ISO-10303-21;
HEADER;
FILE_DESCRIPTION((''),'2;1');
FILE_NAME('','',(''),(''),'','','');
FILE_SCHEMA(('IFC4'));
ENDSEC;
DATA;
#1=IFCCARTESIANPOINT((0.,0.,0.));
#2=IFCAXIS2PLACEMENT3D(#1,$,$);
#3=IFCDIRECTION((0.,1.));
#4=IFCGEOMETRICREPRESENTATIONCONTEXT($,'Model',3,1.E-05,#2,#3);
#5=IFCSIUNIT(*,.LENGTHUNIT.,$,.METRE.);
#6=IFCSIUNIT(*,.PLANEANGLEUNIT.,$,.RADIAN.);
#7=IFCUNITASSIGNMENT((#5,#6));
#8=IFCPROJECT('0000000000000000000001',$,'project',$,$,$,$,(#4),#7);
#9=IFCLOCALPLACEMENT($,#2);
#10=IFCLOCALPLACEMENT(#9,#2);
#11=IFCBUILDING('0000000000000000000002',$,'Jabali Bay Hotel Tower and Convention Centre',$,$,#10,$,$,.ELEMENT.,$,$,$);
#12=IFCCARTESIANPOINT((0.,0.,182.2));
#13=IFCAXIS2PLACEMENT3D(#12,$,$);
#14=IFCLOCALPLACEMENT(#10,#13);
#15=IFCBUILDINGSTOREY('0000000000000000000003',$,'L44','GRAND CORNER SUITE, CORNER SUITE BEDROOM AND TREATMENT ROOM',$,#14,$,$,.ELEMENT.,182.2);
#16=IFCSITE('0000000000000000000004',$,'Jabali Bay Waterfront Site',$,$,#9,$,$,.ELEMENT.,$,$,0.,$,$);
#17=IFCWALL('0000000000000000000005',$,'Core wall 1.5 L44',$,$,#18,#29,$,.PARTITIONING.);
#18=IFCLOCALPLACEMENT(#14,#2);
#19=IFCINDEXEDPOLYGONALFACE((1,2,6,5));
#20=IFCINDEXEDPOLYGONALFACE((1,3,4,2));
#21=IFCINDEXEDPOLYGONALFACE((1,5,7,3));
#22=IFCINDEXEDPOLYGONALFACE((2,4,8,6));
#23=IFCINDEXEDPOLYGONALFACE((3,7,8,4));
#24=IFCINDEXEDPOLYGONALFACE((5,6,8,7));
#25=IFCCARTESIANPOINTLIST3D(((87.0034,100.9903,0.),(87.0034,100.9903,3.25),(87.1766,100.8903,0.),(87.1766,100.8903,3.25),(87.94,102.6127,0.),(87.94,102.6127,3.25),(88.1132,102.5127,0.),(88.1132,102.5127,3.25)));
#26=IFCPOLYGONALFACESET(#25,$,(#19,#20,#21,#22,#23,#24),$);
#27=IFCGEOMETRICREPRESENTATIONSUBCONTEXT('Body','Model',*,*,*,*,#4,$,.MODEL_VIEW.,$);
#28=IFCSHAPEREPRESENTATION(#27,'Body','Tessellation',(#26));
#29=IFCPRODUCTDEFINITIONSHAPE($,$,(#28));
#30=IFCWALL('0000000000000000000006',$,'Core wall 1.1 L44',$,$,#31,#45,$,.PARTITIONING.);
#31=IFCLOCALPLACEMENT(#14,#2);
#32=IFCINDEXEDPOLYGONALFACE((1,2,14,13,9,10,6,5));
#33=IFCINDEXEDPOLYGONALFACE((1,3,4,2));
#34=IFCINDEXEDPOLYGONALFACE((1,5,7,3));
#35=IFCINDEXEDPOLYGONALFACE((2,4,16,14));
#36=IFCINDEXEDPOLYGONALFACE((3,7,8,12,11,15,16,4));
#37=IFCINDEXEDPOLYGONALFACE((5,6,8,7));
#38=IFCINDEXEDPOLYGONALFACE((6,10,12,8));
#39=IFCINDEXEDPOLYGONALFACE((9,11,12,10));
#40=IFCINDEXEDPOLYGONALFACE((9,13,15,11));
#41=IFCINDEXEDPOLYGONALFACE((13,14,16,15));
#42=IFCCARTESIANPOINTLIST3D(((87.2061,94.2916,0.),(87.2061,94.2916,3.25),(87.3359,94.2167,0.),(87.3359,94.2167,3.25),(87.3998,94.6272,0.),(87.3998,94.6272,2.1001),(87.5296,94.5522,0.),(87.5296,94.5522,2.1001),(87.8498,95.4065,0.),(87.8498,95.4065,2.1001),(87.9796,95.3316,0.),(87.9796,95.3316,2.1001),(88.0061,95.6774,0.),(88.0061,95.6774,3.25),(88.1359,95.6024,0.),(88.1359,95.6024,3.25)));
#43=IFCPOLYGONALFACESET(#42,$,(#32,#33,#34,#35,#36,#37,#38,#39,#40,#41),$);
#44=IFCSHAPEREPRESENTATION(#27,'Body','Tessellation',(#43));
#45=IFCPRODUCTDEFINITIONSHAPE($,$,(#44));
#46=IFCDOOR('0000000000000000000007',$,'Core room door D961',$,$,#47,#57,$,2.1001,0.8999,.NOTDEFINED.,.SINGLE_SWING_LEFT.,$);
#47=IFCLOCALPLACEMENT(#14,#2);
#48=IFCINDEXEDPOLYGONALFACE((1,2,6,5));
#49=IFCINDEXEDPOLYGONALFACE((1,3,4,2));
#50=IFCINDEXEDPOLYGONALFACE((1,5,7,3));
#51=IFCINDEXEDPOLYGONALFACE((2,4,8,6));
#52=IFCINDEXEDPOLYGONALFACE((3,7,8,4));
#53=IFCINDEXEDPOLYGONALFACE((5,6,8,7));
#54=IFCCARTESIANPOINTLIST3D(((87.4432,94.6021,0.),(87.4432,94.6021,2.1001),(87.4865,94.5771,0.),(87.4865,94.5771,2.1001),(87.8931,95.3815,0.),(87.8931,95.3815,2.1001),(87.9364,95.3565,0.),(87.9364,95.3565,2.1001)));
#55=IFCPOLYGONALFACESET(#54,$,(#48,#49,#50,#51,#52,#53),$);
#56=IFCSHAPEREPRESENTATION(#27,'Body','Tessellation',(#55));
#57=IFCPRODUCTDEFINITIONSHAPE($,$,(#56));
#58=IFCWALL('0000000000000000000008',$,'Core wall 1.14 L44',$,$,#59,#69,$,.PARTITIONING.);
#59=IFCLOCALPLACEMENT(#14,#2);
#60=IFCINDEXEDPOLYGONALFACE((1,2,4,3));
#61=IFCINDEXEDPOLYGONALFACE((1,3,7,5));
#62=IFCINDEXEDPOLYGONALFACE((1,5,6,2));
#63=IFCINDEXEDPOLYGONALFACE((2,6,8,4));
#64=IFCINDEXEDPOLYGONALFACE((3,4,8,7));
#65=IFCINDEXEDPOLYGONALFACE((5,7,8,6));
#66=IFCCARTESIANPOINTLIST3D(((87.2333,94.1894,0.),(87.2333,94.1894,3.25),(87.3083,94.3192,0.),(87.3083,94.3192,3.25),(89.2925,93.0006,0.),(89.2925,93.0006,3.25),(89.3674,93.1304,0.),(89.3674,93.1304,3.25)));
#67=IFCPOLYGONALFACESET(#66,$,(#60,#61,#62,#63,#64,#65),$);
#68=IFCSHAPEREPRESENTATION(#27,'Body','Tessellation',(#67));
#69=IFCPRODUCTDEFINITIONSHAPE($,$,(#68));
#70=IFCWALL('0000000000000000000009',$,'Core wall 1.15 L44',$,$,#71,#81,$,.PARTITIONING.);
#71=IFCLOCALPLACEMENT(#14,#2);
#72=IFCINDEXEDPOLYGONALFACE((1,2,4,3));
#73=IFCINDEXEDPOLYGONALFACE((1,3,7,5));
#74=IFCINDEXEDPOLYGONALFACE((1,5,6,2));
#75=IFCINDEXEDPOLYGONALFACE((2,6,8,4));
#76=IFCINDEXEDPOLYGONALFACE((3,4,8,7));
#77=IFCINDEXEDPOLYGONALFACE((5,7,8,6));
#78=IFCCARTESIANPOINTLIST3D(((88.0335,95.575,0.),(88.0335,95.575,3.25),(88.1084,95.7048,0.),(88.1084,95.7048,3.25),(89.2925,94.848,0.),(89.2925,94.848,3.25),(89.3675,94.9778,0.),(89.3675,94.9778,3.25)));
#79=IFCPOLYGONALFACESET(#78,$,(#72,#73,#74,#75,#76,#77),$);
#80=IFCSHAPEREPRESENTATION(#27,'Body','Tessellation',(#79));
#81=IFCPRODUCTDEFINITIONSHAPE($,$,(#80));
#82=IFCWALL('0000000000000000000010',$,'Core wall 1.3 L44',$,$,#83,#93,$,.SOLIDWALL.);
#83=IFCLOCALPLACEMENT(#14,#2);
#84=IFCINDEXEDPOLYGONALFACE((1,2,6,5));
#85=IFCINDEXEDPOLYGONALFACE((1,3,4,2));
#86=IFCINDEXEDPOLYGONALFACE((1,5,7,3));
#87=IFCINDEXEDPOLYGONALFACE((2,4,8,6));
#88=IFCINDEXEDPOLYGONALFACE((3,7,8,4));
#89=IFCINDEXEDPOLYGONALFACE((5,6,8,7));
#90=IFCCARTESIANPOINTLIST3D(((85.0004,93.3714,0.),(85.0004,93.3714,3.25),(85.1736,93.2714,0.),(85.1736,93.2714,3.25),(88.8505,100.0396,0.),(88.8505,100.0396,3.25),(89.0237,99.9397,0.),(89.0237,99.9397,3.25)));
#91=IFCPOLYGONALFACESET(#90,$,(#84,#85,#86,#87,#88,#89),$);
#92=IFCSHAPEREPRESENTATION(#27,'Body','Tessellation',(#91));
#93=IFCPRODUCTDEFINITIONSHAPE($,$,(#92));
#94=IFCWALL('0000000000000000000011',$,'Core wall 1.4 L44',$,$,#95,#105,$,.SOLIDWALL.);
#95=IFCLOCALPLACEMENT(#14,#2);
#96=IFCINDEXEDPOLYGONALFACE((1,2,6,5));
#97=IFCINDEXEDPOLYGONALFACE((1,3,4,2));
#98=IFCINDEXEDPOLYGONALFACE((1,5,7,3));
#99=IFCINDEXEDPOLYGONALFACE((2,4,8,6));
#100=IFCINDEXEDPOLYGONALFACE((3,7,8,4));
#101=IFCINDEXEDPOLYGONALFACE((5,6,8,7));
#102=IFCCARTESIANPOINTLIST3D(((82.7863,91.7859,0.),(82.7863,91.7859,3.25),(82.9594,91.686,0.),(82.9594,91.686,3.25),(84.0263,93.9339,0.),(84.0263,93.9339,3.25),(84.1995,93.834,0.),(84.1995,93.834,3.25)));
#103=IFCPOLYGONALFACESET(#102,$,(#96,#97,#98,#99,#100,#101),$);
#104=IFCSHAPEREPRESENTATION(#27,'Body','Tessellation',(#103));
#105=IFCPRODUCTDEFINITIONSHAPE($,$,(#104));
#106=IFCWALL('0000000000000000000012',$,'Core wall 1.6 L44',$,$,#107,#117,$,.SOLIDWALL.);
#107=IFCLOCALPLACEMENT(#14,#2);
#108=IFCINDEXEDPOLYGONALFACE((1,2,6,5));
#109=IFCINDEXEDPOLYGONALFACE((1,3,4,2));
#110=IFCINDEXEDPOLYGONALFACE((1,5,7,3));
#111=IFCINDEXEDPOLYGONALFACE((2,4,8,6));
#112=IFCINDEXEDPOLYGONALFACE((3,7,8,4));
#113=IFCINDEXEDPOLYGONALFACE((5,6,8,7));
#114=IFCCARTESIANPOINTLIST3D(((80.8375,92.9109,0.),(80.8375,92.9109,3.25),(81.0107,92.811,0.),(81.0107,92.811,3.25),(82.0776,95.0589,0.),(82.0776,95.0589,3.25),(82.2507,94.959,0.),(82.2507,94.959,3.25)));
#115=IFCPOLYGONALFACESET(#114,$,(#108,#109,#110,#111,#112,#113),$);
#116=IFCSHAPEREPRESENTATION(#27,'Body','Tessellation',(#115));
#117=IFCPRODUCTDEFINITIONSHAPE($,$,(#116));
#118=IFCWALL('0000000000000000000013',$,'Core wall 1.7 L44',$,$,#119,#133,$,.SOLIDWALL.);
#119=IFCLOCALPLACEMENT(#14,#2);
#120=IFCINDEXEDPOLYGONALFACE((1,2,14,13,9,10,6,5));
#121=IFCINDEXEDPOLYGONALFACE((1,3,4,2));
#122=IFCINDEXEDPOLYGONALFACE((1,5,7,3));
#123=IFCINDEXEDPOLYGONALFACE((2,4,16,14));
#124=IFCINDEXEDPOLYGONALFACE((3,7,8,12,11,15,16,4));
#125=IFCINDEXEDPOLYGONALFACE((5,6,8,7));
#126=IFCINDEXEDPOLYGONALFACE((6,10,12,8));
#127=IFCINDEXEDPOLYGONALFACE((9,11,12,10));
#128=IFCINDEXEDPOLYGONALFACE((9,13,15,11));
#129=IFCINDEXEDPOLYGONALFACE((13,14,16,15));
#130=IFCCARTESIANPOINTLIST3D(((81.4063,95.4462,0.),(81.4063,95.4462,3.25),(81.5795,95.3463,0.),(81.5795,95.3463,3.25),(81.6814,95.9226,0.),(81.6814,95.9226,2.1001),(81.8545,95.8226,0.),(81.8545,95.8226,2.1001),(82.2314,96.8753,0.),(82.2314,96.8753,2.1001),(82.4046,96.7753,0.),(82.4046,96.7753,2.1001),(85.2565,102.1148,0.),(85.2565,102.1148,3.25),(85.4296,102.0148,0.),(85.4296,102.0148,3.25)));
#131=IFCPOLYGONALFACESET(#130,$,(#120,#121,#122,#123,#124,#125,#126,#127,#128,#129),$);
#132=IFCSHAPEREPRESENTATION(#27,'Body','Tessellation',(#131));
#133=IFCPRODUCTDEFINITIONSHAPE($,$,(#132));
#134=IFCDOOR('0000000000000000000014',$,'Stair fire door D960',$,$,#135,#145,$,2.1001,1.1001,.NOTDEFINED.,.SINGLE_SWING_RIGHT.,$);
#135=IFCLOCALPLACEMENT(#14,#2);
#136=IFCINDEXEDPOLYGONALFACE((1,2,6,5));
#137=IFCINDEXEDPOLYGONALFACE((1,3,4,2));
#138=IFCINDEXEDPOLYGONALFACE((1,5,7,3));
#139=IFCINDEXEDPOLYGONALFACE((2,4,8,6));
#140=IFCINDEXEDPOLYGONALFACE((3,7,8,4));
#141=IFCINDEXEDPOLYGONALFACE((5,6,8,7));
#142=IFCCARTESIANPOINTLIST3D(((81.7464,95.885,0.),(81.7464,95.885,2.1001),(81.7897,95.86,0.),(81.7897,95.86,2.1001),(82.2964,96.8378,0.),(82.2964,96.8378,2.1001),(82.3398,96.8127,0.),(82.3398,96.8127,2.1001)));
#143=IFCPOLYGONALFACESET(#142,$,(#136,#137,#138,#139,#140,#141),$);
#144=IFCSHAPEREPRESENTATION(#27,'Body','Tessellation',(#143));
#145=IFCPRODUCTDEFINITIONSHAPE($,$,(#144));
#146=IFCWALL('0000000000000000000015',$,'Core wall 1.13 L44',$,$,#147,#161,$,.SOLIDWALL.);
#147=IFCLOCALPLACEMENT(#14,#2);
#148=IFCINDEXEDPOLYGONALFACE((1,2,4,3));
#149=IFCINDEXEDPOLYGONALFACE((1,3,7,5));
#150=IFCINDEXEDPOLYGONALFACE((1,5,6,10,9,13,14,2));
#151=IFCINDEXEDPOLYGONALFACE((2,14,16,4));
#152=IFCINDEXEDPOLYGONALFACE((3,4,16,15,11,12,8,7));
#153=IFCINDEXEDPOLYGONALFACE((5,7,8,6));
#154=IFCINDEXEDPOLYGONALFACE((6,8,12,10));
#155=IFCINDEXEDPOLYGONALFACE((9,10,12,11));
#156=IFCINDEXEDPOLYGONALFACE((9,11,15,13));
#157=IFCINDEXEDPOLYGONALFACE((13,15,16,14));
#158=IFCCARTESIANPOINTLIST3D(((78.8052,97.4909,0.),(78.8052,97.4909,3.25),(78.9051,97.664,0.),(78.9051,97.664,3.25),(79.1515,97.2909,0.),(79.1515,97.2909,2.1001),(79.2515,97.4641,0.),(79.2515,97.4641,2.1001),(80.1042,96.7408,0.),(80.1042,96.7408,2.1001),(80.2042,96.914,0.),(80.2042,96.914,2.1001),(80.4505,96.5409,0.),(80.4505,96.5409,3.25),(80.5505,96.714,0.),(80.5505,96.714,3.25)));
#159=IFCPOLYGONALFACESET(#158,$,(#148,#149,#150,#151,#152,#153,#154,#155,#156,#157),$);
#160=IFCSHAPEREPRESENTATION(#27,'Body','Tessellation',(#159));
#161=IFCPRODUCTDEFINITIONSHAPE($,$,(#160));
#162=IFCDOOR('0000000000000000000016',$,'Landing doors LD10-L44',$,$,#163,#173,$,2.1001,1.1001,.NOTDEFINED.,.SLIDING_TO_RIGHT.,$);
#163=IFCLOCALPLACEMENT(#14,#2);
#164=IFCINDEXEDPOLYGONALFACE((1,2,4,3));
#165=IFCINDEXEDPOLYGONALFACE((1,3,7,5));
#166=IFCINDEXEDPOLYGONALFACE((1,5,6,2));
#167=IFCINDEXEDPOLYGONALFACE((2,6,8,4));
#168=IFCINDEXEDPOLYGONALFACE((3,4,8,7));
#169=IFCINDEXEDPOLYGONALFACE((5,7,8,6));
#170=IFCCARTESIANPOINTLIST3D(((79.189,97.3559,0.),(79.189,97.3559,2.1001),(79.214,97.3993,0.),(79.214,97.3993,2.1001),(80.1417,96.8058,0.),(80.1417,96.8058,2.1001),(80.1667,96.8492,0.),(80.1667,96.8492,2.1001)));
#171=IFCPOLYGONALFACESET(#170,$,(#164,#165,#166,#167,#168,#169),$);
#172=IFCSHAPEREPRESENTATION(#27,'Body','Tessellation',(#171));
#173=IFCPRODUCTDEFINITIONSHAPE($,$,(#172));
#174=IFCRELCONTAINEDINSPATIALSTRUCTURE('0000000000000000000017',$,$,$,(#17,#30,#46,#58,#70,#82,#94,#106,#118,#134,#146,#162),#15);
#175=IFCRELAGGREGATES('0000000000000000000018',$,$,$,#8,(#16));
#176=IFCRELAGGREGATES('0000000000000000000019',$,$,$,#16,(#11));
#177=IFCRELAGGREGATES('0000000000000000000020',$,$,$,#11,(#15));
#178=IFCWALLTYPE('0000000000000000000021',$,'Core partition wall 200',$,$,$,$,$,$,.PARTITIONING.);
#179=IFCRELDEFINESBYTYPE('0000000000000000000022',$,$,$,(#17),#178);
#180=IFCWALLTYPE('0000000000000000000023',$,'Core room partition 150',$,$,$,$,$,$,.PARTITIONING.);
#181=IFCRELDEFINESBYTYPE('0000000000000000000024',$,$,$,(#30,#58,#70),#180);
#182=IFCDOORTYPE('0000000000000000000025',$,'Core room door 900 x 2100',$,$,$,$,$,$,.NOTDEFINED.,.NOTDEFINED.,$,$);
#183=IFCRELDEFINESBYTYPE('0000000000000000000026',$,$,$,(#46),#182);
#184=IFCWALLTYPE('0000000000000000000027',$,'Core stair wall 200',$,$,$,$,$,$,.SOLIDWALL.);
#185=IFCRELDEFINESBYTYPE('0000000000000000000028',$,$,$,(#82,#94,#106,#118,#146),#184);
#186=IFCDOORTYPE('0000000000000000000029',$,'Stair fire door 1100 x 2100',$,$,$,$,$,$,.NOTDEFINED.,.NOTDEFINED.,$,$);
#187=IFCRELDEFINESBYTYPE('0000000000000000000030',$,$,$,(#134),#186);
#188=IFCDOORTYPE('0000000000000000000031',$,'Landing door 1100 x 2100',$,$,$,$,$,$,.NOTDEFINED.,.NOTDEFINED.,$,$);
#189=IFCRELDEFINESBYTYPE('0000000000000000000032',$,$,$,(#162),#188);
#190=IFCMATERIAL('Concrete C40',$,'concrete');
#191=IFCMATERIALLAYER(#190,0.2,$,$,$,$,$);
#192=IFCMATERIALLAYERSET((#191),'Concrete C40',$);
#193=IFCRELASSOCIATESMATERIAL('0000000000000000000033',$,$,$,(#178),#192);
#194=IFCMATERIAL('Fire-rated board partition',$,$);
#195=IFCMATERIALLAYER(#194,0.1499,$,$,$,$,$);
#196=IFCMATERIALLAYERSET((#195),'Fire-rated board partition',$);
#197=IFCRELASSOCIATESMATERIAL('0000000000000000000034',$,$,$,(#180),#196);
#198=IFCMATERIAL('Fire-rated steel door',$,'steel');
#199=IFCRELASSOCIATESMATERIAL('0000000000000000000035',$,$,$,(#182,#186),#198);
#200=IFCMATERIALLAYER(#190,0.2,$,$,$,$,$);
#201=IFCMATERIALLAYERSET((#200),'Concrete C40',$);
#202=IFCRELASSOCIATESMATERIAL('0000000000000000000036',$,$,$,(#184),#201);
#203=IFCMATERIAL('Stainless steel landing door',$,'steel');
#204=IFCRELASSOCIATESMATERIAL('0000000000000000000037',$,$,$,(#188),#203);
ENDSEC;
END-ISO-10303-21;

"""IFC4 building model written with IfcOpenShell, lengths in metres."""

from ifc_helpers import new_model, si_unit, direction, frame, frame_2d, origin, place, context, subcontext, project, spatial, rectangle, extrude, material, layer, layer_set, type_object, element, fill, save


model = new_model("IFC4")

# Units and contexts
model_context = context("Model", 3, precision=1e-05, world=origin(), true_north=direction((0.0, 1.0)))
body_context = subcontext(model_context, "Body", "Model", "MODEL_VIEW")
ifc_project = project(units=[si_unit("LENGTHUNIT", "METRE"), si_unit("PLANEANGLEUNIT", "RADIAN")], contexts=[model_context])

# Site, building, storey
site_placement = place(None, origin())
site = spatial("IfcSite", under=ifc_project, at=site_placement, Name="Jabali Bay Waterfront Site", CompositionType="ELEMENT", RefElevation=0.0)
building_placement = place(site_placement, origin())
building = spatial("IfcBuilding", under=site, at=building_placement, Name="Jabali Bay Hotel Tower and Convention Centre", CompositionType="ELEMENT")
storey_placement = place(building_placement, frame((0.0, 0.0, 182.2)))
storey = spatial("IfcBuildingStorey", under=building, at=storey_placement, Name="L44", Description="GRAND CORNER SUITE, CORNER SUITE BEDROOM AND TREATMENT ROOM", CompositionType="ELEMENT", Elevation=182.2)

# Wall
ifc_material_1 = material(Name="Concrete C40", Category="concrete")
ifc_layer_1 = layer(ifc_material_1, 0.2)
ifc_layer_set_1 = layer_set([ifc_layer_1], Name="Concrete C40")
wall_type_1 = type_object("IfcWallType", Name="Core partition wall 200", PredefinedType="PARTITIONING", material=ifc_layer_set_1)
wall_1_placement = place(storey_placement, frame((87.0901, 100.9404, 0.0), z_axis=(0.0, 0.0, 1.0), x_axis=(0.499952, 0.866053, 0.0)))
element("IfcWall", 1, at=wall_1_placement, inside=storey, type_object=wall_type_1, Name="Core wall 1.5 L44", PredefinedType="PARTITIONING", context=body_context, shape_type="SweptSolid", body=[
    extrude(rectangle(XDim=1.8733, YDim=0.2, at=frame_2d((0.9365, 0.0))), origin(), (0.0, 0.0, 1.0), 3.25),
])

# Wall, opening, door
ifc_material_2 = material(Name="Fire-rated board partition")
ifc_layer_2 = layer(ifc_material_2, 0.1499)
ifc_layer_set_2 = layer_set([ifc_layer_2], Name="Fire-rated board partition")
wall_type_2 = type_object("IfcWallType", Name="Core room partition 150", PredefinedType="PARTITIONING", material=ifc_layer_set_2)
wall_2_placement = place(storey_placement, frame((87.271, 94.2542, 0.0), z_axis=(0.0, 0.0, 1.0), x_axis=(0.499995, 0.866028, 0.0)))
wall_2 = element("IfcWall", 2, at=wall_2_placement, inside=storey, type_object=wall_type_2, Name="Core wall 1.1 L44", PredefinedType="PARTITIONING", context=body_context, shape_type="SweptSolid", body=[
    extrude(rectangle(XDim=1.6001, YDim=0.1499, at=frame_2d((0.8, 0.0))), origin(), (0.0, 0.0, 1.0), 3.25),
])
opening_1_placement = place(wall_2_placement, frame((0.3875, 0.0, 0.0)))
opening_1 = element("IfcOpeningElement", 3, at=opening_1_placement, cuts=wall_2, PredefinedType="OPENING", context=body_context, shape_type="SweptSolid", body=[
    extrude(rectangle(XDim=0.8999, YDim=2.1001, at=frame_2d((0.45, 1.05))), frame((0.0, 0.0854, 0.0), z_axis=(0.0, -1.0, 0.0), x_axis=(1.0, 0.0, 0.0)), (0.0, 0.0, 1.0), 0.1709),
])
ifc_material_3 = material(Name="Fire-rated steel door", Category="steel")
door_type_1 = type_object("IfcDoorType", Name="Core room door 900 x 2100", OperationType="NOTDEFINED", PredefinedType="NOTDEFINED", material=ifc_material_3)
door_1_placement = place(opening_1_placement, origin())
door_1 = element("IfcDoor", 4, at=door_1_placement, inside=storey, type_object=door_type_1, Name="Core room door D961", OperationType="SINGLE_SWING_LEFT", OverallHeight=2.1001, OverallWidth=0.8999, PredefinedType="NOTDEFINED", context=body_context, shape_type="SweptSolid", body=[
    extrude(rectangle(XDim=0.8999, YDim=2.1001, at=frame_2d((0.45, 1.05))), frame((0.0, 0.0249, 0.0), z_axis=(0.0, -1.0, 0.0), x_axis=(1.0, 0.0, 0.0)), (0.0, 0.0, 1.0), 0.05),
])
fill(opening_1, door_1)

# Walls
wall_3_placement = place(storey_placement, frame((89.3301, 93.0654, 0.0), z_axis=(0.0, 0.0, 1.0), x_axis=(-0.866042, 0.499971, 0.0)))
element("IfcWall", 5, at=wall_3_placement, inside=storey, type_object=wall_type_2, Name="Core wall 1.14 L44", PredefinedType="PARTITIONING", context=body_context, shape_type="SweptSolid", body=[
    extrude(rectangle(XDim=2.3777, YDim=0.1499, at=frame_2d((1.189, 0.0))), origin(), (0.0, 0.0, 1.0), 3.25),
])
wall_4_placement = place(storey_placement, frame((89.3301, 94.9128, 0.0), z_axis=(0.0, 0.0, 1.0), x_axis=(-0.865981, 0.500076, 0.0)))
element("IfcWall", 6, at=wall_4_placement, inside=storey, type_object=wall_type_2, Name="Core wall 1.15 L44", PredefinedType="PARTITIONING", context=body_context, shape_type="SweptSolid", body=[
    extrude(rectangle(XDim=1.4539, YDim=0.1499, at=frame_2d((0.7271, 0.0))), origin(), (0.0, 0.0, 1.0), 3.25),
])
ifc_layer_3 = layer(ifc_material_1, 0.2)
ifc_layer_set_3 = layer_set([ifc_layer_3], Name="Concrete C40")
wall_type_3 = type_object("IfcWallType", Name="Core stair wall 200", PredefinedType="SOLIDWALL", material=ifc_layer_set_3)
wall_5_placement = place(storey_placement, frame((85.0869, 93.3213, 0.0), z_axis=(0.0, 0.0, 1.0), x_axis=(0.50002, 0.866014, 0.0)))
element("IfcWall", 7, at=wall_5_placement, inside=storey, type_object=wall_type_3, Name="Core wall 1.3 L44", PredefinedType="SOLIDWALL", context=body_context, shape_type="SweptSolid", body=[
    extrude(rectangle(XDim=7.7, YDim=0.2, at=frame_2d((3.8501, 0.0))), origin(), (0.0, 0.0, 1.0), 3.25),
])
for number, where, z_axis, x_axis, name in (
    (8, (82.8728, 91.7358, 0.0), (0.0, 0.0, 1.0), (0.499961, 0.866048, 0.0), "Core wall 1.4 L44"),
    (9, (80.9241, 92.8608, 0.0), (0.0, 0.0, 1.0), (0.499961, 0.866048, 0.0), "Core wall 1.6 L44"),
):
    element("IfcWall", number, at=place(storey_placement, frame(where, z_axis=z_axis, x_axis=x_axis)), inside=storey, type_object=wall_type_3, Name=name, PredefinedType="SOLIDWALL", context=body_context, shape_type="SweptSolid", body=[
        extrude(rectangle(XDim=2.4802, YDim=0.2, at=frame_2d((1.2402, 0.0))), origin(), (0.0, 0.0, 1.0), 3.25),
    ])

# Walls, openings, doors
wall_6_placement = place(storey_placement, frame((81.4929, 95.3962, 0.0), z_axis=(0.0, 0.0, 1.0), x_axis=(0.500006, 0.866022, 0.0)))
wall_6 = element("IfcWall", 10, at=wall_6_placement, inside=storey, type_object=wall_type_3, Name="Core wall 1.7 L44", PredefinedType="SOLIDWALL", context=body_context, shape_type="SweptSolid", body=[
    extrude(rectangle(XDim=7.7002, YDim=0.2, at=frame_2d((3.8501, 0.0))), origin(), (0.0, 0.0, 1.0), 3.25),
])
opening_2_placement = place(wall_6_placement, frame((0.55, 0.0, 0.0)))
opening_2 = element("IfcOpeningElement", 11, at=opening_2_placement, cuts=wall_6, PredefinedType="OPENING", context=body_context, shape_type="SweptSolid", body=[
    extrude(rectangle(XDim=1.1001, YDim=2.1001, at=frame_2d((0.55, 1.05))), frame((0.0, 0.1104, 0.0), z_axis=(0.0, -1.0, 0.0), x_axis=(1.0, 0.0, 0.0)), (0.0, 0.0, 1.0), 0.2209),
])
door_type_2 = type_object("IfcDoorType", Name="Stair fire door 1100 x 2100", OperationType="NOTDEFINED", PredefinedType="NOTDEFINED", material=ifc_material_3)
door_2_placement = place(opening_2_placement, origin())
door_2 = element("IfcDoor", 12, at=door_2_placement, inside=storey, type_object=door_type_2, Name="Stair fire door D960", OperationType="SINGLE_SWING_RIGHT", OverallHeight=2.1001, OverallWidth=1.1001, PredefinedType="NOTDEFINED", context=body_context, shape_type="SweptSolid", body=[
    extrude(rectangle(XDim=1.1001, YDim=2.1001, at=frame_2d((0.55, 1.05))), frame((0.0, 0.0249, 0.0), z_axis=(0.0, -1.0, 0.0), x_axis=(1.0, 0.0, 0.0)), (0.0, 0.0, 1.0), 0.05),
])
fill(opening_2, door_2)
wall_7_placement = place(storey_placement, frame((80.5005, 96.6274, 0.0), z_axis=(0.0, 0.0, 1.0), x_axis=(-0.866012, 0.500023, 0.0)))
wall_7 = element("IfcWall", 13, at=wall_7_placement, inside=storey, type_object=wall_type_3, Name="Core wall 1.13 L44", PredefinedType="SOLIDWALL", context=body_context, shape_type="SweptSolid", body=[
    extrude(rectangle(XDim=1.8999, YDim=0.2, at=frame_2d((0.95, 0.0))), origin(), (0.0, 0.0, 1.0), 3.25),
])
opening_3_placement = place(wall_7_placement, frame((0.3999, 0.0, 0.0)))
opening_3 = element("IfcOpeningElement", 14, at=opening_3_placement, cuts=wall_7, PredefinedType="OPENING", context=body_context, shape_type="SweptSolid", body=[
    extrude(rectangle(XDim=1.1001, YDim=2.1001, at=frame_2d((0.55, 1.05))), frame((0.0, 0.1104, 0.0), z_axis=(0.0, -1.0, 0.0), x_axis=(1.0, 0.0, 0.0)), (0.0, 0.0, 1.0), 0.2209),
])
ifc_material_4 = material(Name="Stainless steel landing door", Category="steel")
door_type_3 = type_object("IfcDoorType", Name="Landing door 1100 x 2100", OperationType="NOTDEFINED", PredefinedType="NOTDEFINED", material=ifc_material_4)
door_3_placement = place(opening_3_placement, origin())
door_3 = element("IfcDoor", 15, at=door_3_placement, inside=storey, type_object=door_type_3, Name="Landing doors LD10-L44", OperationType="SLIDING_TO_RIGHT", OverallHeight=2.1001, OverallWidth=1.1001, PredefinedType="NOTDEFINED", context=body_context, shape_type="SweptSolid", body=[
    extrude(rectangle(XDim=1.1001, YDim=2.1001, at=frame_2d((0.55, 1.05))), frame((0.0, 0.0249, 0.0), z_axis=(0.0, -1.0, 0.0), x_axis=(1.0, 0.0, 0.0)), (0.0, 0.0, 1.0), 0.05),
])
fill(opening_3, door_3)

save(model, "model.ifc")
